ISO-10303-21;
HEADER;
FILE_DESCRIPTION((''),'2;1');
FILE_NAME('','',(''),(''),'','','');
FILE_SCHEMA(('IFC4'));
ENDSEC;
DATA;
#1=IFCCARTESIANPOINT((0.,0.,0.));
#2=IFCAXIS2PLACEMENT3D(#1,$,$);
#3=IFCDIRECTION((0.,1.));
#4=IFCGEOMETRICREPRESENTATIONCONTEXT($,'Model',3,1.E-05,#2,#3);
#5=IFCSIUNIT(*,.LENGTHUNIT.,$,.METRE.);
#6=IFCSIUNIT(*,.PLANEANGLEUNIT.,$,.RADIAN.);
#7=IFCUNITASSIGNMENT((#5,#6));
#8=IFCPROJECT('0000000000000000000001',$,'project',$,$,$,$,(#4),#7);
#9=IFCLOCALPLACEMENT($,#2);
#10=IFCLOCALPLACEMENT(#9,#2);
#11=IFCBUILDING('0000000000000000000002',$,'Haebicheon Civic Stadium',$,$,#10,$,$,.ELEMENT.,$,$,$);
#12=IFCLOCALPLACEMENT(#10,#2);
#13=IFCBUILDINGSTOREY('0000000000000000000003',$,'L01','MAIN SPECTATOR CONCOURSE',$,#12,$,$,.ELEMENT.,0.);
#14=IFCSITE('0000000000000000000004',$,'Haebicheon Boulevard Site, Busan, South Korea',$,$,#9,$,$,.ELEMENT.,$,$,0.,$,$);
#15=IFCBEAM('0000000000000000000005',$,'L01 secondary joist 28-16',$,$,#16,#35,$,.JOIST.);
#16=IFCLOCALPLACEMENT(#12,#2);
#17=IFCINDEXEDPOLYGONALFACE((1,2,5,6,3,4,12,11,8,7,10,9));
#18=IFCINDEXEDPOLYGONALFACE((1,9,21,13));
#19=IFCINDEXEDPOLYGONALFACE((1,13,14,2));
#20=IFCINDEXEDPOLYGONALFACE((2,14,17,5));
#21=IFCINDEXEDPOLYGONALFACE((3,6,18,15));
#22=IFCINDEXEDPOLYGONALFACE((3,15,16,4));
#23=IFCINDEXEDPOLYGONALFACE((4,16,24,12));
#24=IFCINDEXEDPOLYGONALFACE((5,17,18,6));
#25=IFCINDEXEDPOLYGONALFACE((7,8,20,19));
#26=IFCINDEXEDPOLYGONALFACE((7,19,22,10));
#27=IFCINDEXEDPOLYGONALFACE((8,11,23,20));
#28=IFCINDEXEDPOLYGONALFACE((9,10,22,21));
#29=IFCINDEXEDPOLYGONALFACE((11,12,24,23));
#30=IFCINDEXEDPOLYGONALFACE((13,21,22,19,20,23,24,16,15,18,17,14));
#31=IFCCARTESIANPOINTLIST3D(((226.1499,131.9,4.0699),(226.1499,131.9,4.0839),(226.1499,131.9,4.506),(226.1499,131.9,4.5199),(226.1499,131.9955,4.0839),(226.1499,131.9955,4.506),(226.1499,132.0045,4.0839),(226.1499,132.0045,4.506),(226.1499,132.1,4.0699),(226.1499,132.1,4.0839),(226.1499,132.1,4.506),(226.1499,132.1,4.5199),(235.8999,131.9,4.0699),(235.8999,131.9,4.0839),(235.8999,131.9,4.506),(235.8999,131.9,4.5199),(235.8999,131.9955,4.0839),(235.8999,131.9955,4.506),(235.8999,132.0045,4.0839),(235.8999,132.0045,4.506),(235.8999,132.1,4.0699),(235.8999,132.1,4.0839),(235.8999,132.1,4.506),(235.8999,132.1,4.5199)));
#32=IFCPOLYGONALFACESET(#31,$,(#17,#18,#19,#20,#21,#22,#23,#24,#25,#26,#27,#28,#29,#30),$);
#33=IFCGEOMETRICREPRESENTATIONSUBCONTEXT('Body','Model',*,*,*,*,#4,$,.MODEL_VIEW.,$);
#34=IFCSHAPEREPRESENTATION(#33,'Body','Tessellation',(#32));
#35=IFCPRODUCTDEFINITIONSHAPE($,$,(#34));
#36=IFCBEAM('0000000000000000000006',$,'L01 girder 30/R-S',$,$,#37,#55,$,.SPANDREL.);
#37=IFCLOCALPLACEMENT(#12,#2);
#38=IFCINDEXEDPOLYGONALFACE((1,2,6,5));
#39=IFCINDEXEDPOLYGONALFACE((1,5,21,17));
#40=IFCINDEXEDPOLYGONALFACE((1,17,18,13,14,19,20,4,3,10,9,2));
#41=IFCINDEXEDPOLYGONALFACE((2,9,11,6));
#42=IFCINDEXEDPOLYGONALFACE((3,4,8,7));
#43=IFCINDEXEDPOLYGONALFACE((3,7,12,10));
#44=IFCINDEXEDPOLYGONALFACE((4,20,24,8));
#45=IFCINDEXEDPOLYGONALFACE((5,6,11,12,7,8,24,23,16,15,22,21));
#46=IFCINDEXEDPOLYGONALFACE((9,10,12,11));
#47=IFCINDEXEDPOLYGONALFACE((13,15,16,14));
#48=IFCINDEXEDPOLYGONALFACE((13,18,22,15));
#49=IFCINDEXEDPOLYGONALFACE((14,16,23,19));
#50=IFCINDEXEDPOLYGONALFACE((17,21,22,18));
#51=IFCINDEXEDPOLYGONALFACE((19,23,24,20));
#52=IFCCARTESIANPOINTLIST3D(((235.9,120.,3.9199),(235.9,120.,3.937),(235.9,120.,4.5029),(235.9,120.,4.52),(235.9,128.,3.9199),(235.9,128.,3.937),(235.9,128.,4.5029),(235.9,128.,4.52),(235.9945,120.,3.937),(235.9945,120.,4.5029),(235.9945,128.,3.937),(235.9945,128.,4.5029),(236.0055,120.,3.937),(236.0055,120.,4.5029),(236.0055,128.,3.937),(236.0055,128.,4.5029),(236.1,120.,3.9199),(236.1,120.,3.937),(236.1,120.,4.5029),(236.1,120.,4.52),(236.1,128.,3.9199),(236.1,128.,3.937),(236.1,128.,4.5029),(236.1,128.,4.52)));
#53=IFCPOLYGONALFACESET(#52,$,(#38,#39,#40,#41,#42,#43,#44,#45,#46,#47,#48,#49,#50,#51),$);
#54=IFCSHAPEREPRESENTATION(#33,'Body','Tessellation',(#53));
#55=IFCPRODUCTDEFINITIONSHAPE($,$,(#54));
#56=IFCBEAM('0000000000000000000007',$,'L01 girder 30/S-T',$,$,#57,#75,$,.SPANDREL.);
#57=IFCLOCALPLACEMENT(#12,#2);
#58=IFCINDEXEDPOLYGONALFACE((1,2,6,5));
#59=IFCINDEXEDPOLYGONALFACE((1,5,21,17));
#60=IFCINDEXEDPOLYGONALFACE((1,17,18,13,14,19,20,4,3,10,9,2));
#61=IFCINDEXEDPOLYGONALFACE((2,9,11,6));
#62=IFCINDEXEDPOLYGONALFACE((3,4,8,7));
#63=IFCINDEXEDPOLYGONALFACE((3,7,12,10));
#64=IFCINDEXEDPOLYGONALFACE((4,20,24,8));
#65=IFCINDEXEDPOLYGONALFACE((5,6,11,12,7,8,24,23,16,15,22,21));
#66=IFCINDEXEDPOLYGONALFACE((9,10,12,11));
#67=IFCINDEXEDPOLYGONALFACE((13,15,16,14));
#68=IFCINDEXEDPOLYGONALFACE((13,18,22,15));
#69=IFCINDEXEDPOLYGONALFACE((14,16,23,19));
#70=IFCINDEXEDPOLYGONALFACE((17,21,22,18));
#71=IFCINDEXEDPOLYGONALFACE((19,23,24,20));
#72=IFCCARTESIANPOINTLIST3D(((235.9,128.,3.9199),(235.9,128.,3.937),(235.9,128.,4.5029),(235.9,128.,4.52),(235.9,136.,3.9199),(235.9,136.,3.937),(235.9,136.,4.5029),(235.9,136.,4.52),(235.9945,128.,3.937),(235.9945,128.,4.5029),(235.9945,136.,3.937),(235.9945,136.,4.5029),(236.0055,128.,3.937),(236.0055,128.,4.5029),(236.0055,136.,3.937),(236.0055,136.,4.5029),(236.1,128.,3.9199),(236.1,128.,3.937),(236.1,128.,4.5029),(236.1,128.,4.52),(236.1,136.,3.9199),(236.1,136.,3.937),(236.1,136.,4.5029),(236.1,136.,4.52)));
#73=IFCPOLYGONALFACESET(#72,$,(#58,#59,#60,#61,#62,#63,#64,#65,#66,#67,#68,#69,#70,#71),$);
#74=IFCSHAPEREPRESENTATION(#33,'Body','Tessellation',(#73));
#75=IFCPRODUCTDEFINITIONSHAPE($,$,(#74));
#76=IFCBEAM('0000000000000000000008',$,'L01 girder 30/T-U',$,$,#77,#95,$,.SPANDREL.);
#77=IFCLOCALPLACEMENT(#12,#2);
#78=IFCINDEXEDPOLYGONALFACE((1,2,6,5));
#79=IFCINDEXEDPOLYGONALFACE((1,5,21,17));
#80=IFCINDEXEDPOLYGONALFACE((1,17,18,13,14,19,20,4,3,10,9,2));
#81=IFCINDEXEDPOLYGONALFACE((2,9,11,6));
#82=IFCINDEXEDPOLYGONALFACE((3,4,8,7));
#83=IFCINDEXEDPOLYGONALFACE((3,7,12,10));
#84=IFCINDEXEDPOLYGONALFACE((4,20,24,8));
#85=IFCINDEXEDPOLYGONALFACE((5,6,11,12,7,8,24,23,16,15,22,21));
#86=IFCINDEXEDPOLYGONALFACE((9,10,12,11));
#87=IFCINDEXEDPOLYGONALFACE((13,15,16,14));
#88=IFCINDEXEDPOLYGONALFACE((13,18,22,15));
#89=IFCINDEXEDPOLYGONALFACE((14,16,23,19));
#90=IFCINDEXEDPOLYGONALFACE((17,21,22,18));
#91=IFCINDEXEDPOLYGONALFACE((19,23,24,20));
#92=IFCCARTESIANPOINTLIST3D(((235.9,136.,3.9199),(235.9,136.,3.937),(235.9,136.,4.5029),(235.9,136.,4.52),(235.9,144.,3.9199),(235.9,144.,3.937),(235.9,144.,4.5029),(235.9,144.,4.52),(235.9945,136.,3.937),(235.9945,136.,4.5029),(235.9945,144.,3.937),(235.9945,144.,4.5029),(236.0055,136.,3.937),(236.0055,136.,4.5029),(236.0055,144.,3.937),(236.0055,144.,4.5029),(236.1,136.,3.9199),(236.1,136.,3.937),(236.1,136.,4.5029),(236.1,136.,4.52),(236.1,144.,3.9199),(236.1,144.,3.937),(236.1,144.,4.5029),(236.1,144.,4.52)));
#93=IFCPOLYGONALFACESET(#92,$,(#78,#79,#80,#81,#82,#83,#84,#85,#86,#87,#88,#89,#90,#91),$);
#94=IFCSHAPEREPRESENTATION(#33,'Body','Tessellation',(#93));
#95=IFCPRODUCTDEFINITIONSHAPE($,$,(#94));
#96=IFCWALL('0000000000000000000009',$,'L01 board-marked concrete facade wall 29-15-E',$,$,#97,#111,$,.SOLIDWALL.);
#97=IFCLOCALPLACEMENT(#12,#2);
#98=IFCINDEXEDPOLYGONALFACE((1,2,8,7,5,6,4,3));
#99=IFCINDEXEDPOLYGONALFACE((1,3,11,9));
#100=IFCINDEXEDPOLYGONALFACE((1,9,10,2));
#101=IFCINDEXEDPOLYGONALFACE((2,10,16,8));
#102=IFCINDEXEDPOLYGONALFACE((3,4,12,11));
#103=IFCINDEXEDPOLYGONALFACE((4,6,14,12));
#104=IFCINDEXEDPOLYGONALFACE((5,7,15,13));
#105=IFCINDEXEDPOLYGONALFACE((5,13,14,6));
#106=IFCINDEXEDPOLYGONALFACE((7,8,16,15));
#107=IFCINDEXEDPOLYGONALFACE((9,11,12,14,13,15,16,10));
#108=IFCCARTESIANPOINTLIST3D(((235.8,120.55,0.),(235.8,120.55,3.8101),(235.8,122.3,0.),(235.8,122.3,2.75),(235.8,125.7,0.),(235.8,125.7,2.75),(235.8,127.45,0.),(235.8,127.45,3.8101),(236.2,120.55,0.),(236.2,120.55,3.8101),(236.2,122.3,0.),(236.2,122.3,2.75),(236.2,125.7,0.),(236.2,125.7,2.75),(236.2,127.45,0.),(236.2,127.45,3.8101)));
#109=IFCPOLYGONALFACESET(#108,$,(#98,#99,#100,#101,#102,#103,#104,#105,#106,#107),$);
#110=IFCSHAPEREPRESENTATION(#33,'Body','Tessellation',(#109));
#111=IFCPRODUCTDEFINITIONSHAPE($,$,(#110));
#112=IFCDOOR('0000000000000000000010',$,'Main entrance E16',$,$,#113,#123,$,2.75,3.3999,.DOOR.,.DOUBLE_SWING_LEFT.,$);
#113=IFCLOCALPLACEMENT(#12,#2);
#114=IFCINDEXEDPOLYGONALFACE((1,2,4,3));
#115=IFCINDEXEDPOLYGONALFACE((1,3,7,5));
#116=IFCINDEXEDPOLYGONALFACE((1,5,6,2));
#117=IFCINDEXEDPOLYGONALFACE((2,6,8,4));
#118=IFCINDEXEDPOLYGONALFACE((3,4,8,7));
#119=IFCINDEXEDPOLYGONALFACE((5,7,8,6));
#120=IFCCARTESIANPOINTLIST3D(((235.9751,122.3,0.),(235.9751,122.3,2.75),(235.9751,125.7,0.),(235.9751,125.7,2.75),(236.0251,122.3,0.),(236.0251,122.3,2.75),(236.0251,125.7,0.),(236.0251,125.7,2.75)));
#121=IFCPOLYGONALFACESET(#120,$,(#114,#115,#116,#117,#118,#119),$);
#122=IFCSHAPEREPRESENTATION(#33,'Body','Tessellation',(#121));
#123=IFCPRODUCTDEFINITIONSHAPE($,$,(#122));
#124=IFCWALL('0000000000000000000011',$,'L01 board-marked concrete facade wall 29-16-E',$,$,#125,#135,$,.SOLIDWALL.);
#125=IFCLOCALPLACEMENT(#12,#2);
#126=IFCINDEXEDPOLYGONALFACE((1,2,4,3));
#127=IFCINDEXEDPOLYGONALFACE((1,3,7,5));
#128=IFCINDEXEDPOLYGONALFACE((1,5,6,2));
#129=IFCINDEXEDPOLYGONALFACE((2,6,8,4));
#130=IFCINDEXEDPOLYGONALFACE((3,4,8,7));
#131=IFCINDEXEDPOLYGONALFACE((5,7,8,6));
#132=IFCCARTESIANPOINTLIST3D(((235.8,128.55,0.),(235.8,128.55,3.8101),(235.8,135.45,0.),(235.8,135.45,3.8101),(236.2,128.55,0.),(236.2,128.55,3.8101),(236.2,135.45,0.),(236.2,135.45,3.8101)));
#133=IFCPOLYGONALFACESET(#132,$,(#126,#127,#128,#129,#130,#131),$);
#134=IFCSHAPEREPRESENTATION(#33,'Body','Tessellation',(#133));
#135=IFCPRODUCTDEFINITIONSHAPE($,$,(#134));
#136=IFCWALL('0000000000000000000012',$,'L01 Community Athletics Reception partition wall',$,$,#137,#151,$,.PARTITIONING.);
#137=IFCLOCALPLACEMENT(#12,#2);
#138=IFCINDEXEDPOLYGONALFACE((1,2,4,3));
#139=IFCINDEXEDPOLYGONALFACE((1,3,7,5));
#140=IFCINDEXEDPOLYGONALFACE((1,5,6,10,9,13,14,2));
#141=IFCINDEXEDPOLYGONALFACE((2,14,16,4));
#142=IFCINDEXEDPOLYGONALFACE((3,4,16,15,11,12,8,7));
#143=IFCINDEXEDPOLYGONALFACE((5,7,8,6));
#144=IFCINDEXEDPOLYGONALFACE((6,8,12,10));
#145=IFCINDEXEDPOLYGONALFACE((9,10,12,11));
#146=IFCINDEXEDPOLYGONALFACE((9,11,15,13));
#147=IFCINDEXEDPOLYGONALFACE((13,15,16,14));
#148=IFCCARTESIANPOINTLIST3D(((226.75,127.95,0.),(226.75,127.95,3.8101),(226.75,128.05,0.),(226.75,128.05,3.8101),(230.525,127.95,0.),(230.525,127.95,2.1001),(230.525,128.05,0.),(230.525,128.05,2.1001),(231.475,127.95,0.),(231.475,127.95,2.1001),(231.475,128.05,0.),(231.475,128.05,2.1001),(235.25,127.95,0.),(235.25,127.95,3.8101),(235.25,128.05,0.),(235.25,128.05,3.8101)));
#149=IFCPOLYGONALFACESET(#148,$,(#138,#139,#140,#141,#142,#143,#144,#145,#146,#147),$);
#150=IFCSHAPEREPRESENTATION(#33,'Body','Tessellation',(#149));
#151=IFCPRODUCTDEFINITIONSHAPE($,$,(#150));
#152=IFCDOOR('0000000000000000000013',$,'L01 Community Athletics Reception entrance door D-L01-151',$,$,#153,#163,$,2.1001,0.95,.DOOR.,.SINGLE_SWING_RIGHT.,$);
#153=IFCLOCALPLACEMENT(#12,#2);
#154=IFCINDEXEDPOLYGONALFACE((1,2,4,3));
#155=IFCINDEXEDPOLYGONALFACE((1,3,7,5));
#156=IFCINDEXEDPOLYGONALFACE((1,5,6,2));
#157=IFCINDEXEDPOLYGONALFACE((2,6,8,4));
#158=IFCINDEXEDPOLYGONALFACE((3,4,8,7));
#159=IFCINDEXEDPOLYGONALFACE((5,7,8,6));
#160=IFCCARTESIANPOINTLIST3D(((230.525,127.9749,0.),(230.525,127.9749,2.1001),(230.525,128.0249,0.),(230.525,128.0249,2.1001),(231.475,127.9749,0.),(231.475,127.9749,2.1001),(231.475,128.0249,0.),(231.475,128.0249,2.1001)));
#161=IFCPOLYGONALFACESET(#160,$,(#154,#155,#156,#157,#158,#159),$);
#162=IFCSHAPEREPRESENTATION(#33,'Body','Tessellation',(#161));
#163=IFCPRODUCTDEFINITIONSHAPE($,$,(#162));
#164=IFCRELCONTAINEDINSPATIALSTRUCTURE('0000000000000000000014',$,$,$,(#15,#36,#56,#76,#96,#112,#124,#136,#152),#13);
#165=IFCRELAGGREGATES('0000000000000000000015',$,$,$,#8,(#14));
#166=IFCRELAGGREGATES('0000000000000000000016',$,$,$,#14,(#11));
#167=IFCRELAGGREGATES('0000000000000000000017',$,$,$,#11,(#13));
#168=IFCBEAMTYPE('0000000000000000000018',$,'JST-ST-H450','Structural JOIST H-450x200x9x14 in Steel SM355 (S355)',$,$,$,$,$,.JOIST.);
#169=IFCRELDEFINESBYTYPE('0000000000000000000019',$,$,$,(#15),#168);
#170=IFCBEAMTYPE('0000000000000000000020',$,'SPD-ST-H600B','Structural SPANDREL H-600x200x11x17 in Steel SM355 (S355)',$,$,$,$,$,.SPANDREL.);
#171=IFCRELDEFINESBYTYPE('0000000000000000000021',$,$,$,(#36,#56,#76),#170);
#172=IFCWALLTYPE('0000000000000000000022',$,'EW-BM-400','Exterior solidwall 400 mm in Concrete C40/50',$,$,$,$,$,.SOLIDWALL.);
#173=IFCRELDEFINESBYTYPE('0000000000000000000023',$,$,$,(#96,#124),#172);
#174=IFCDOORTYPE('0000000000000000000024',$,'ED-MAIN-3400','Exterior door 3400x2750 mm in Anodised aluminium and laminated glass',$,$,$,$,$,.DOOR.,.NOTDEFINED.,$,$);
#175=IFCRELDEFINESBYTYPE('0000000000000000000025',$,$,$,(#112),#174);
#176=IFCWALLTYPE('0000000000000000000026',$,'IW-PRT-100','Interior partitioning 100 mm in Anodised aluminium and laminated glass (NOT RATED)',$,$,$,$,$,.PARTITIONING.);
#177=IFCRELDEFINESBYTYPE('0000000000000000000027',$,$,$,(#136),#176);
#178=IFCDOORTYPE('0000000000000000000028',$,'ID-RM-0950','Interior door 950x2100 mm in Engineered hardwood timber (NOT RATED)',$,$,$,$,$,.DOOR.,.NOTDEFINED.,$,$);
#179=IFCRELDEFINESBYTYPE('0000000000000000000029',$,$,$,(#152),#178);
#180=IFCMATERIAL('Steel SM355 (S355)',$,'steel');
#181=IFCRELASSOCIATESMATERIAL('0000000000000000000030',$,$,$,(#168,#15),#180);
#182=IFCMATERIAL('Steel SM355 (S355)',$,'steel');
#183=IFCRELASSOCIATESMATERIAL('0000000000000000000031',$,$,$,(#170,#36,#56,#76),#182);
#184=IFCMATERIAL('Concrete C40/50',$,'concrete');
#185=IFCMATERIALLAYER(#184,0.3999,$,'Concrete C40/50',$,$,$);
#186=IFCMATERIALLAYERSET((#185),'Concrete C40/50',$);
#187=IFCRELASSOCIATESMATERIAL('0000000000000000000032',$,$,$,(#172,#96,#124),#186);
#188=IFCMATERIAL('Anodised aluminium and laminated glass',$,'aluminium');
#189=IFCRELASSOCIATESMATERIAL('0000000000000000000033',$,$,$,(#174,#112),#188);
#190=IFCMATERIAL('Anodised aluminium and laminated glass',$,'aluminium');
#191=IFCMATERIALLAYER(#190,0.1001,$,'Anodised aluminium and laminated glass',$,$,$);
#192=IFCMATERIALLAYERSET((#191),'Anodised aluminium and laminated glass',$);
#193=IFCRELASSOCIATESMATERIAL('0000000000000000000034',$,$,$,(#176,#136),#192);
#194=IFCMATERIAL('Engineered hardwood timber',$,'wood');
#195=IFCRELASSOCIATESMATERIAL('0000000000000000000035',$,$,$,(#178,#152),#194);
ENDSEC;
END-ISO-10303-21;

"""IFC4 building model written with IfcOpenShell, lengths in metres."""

from ifc_helpers import new_model, si_unit, direction, frame, frame_2d, origin, origin_2d, place, context, subcontext, project, spatial, rectangle, i_section, extrude, material, layer, layer_set, material_profile, profile_set, type_object, element, fill, save


model = new_model("IFC4")

# Units and contexts
model_context = context("Model", 3, precision=1e-05, world=origin(), true_north=direction((0.0, 1.0)))
body_context = subcontext(model_context, "Body", "Model", "MODEL_VIEW")
ifc_project = project(units=[si_unit("LENGTHUNIT", "METRE"), si_unit("PLANEANGLEUNIT", "RADIAN")], contexts=[model_context])

# Site, building, storey
site_placement = place(None, origin())
site = spatial("IfcSite", under=ifc_project, at=site_placement, Name="Haebicheon Boulevard Site, Busan, South Korea", CompositionType="ELEMENT", RefElevation=0.0)
building_placement = place(site_placement, origin())
building = spatial("IfcBuilding", under=site, at=building_placement, Name="Haebicheon Civic Stadium", CompositionType="ELEMENT")
storey_placement = place(building_placement, origin())
storey = spatial("IfcBuildingStorey", under=building, at=storey_placement, Name="L01", Description="MAIN SPECTATOR CONCOURSE", CompositionType="ELEMENT", Elevation=0.0)

# Beams
ifc_material_1 = material(Name="Steel SM355 (S355)", Category="steel")
ifc_material_profile_1 = material_profile(ifc_material_1, i_section(OverallWidth=0.2, OverallDepth=0.45, WebThickness=0.009, FlangeThickness=0.0139, at=origin_2d()), Name="H-450x200x9x14")
ifc_profile_set_1 = profile_set([ifc_material_profile_1], Name="Steel SM355 (S355)")
beam_type_1 = type_object("IfcBeamType", Name="JST-ST-H450", Description="Structural JOIST H-450x200x9x14 in Steel SM355 (S355)", PredefinedType="JOIST", material=ifc_profile_set_1)
for number, where, z_axis, x_axis, name in (
    (1, (226.1499, 132.0, 4.2949), (1.0, 0.0, 0.0), (0.0, 1.0, 0.0), "L01 secondary joist 28-16"),
):
    element("IfcBeam", number, at=place(storey_placement, frame(where, z_axis=z_axis, x_axis=x_axis)), inside=storey, type_object=beam_type_1, material=ifc_profile_set_1, Name=name, PredefinedType="JOIST", context=body_context, shape_type="SweptSolid", body=[
        extrude(i_section(OverallWidth=0.2, OverallDepth=0.45, WebThickness=0.009, FlangeThickness=0.0139, at=origin_2d()), origin(), (0.0, 0.0, 1.0), 9.75),
    ])
ifc_material_2 = material(Name="Steel SM355 (S355)", Category="steel")
ifc_material_profile_2 = material_profile(ifc_material_2, i_section(OverallWidth=0.2, OverallDepth=0.6001, WebThickness=0.011, FlangeThickness=0.0171, at=origin_2d()), Name="H-600x200x11x17")
ifc_profile_set_2 = profile_set([ifc_material_profile_2], Name="Steel SM355 (S355)")
beam_type_2 = type_object("IfcBeamType", Name="SPD-ST-H600B", Description="Structural SPANDREL H-600x200x11x17 in Steel SM355 (S355)", PredefinedType="SPANDREL", material=ifc_profile_set_2)
for number, where, z_axis, x_axis, name in (
    (2, (236.0, 120.0, 4.22), (0.0, 1.0, 0.0), (-1.0, 0.0, 0.0), "L01 girder 30/R-S"),
    (3, (236.0, 128.0, 4.22), (0.0, 1.0, 0.0), (-1.0, 0.0, 0.0), "L01 girder 30/S-T"),
    (4, (236.0, 136.0, 4.22), (0.0, 1.0, 0.0), (-1.0, 0.0, 0.0), "L01 girder 30/T-U"),
):
    element("IfcBeam", number, at=place(storey_placement, frame(where, z_axis=z_axis, x_axis=x_axis)), inside=storey, type_object=beam_type_2, material=ifc_profile_set_2, Name=name, PredefinedType="SPANDREL", context=body_context, shape_type="SweptSolid", body=[
        extrude(i_section(OverallWidth=0.2, OverallDepth=0.6001, WebThickness=0.011, FlangeThickness=0.0171, at=origin_2d()), origin(), (0.0, 0.0, 1.0), 8.0),
    ])

# Wall, opening, door
ifc_material_3 = material(Name="Concrete C40/50", Category="concrete")
ifc_layer_1 = layer(ifc_material_3, 0.3999, Name="Concrete C40/50")
ifc_layer_set_1 = layer_set([ifc_layer_1], Name="Concrete C40/50")
wall_type_1 = type_object("IfcWallType", Name="EW-BM-400", Description="Exterior solidwall 400 mm in Concrete C40/50", PredefinedType="SOLIDWALL", material=ifc_layer_set_1)
wall_1_placement = place(storey_placement, frame((236.0, 120.55, 0.0), z_axis=(0.0, 0.0, 1.0), x_axis=(0.0, 1.0, 0.0)))
wall_1 = element("IfcWall", 5, at=wall_1_placement, inside=storey, type_object=wall_type_1, material=ifc_layer_set_1, Name="L01 board-marked concrete facade wall 29-15-E", PredefinedType="SOLIDWALL", context=body_context, shape_type="SweptSolid", body=[
    extrude(rectangle(XDim=6.8999, YDim=0.3999, at=frame_2d((3.45, 0.0))), origin(), (0.0, 0.0, 1.0), 3.8101),
])
opening_1_placement = place(wall_1_placement, frame((1.75, 0.0, 0.0)))
opening_1 = element("IfcOpeningElement", 6, at=opening_1_placement, cuts=wall_1, PredefinedType="OPENING", context=body_context, shape_type="SweptSolid", body=[
    extrude(rectangle(XDim=3.3999, YDim=2.75, at=frame_2d((1.7, 1.375))), frame((0.0, 0.21, 0.0), z_axis=(0.0, -1.0, 0.0), x_axis=(1.0, 0.0, 0.0)), (0.0, 0.0, 1.0), 0.4199),
])
ifc_material_4 = material(Name="Anodised aluminium and laminated glass", Category="aluminium")
door_type_1 = type_object("IfcDoorType", Name="ED-MAIN-3400", Description="Exterior door 3400x2750 mm in Anodised aluminium and laminated glass", OperationType="NOTDEFINED", PredefinedType="DOOR", material=ifc_material_4)
door_1_placement = place(opening_1_placement, origin())
door_1 = element("IfcDoor", 7, at=door_1_placement, inside=storey, type_object=door_type_1, material=ifc_material_4, Name="Main entrance E16", OperationType="DOUBLE_SWING_LEFT", OverallHeight=2.75, OverallWidth=3.3999, PredefinedType="DOOR", context=body_context, shape_type="SweptSolid", body=[
    extrude(rectangle(XDim=3.3999, YDim=2.75, at=frame_2d((1.7, 1.375))), frame((0.0, 0.0249, 0.0), z_axis=(0.0, -1.0, 0.0), x_axis=(1.0, 0.0, 0.0)), (0.0, 0.0, 1.0), 0.05),
])
fill(opening_1, door_1)

# Wall
wall_2_placement = place(storey_placement, frame((236.0, 128.55, 0.0), z_axis=(0.0, 0.0, 1.0), x_axis=(0.0, 1.0, 0.0)))
element("IfcWall", 8, at=wall_2_placement, inside=storey, type_object=wall_type_1, material=ifc_layer_set_1, Name="L01 board-marked concrete facade wall 29-16-E", PredefinedType="SOLIDWALL", context=body_context, shape_type="SweptSolid", body=[
    extrude(rectangle(XDim=6.8999, YDim=0.3999, at=frame_2d((3.45, 0.0))), origin(), (0.0, 0.0, 1.0), 3.8101),
])

# Wall, opening, door
ifc_material_5 = material(Name="Anodised aluminium and laminated glass", Category="aluminium")
ifc_layer_2 = layer(ifc_material_5, 0.1001, Name="Anodised aluminium and laminated glass")
ifc_layer_set_2 = layer_set([ifc_layer_2], Name="Anodised aluminium and laminated glass")
wall_type_2 = type_object("IfcWallType", Name="IW-PRT-100", Description="Interior partitioning 100 mm in Anodised aluminium and laminated glass (NOT RATED)", PredefinedType="PARTITIONING", material=ifc_layer_set_2)
wall_3_placement = place(storey_placement, frame((226.75, 128.0, 0.0), z_axis=(0.0, 0.0, 1.0), x_axis=(1.0, 0.0, 0.0)))
wall_3 = element("IfcWall", 9, at=wall_3_placement, inside=storey, type_object=wall_type_2, material=ifc_layer_set_2, Name="L01 Community Athletics Reception partition wall", PredefinedType="PARTITIONING", context=body_context, shape_type="SweptSolid", body=[
    extrude(rectangle(XDim=8.5, YDim=0.1001, at=frame_2d((4.25, 0.0))), origin(), (0.0, 0.0, 1.0), 3.8101),
])
opening_2_placement = place(wall_3_placement, frame((3.7749, 0.0, 0.0)))
opening_2 = element("IfcOpeningElement", 10, at=opening_2_placement, cuts=wall_3, PredefinedType="OPENING", context=body_context, shape_type="SweptSolid", body=[
    extrude(rectangle(XDim=0.95, YDim=2.1001, at=frame_2d((0.4751, 1.05))), frame((0.0, 0.0601, 0.0), z_axis=(0.0, -1.0, 0.0), x_axis=(1.0, 0.0, 0.0)), (0.0, 0.0, 1.0), 0.1201),
])
ifc_material_6 = material(Name="Engineered hardwood timber", Category="wood")
door_type_2 = type_object("IfcDoorType", Name="ID-RM-0950", Description="Interior door 950x2100 mm in Engineered hardwood timber (NOT RATED)", OperationType="NOTDEFINED", PredefinedType="DOOR", material=ifc_material_6)
door_2_placement = place(opening_2_placement, origin())
door_2 = element("IfcDoor", 11, at=door_2_placement, inside=storey, type_object=door_type_2, material=ifc_material_6, Name="L01 Community Athletics Reception entrance door D-L01-151", OperationType="SINGLE_SWING_RIGHT", OverallHeight=2.1001, OverallWidth=0.95, PredefinedType="DOOR", context=body_context, shape_type="SweptSolid", body=[
    extrude(rectangle(XDim=0.95, YDim=2.1001, at=frame_2d((0.4751, 1.05))), frame((0.0, 0.0249, 0.0), z_axis=(0.0, -1.0, 0.0), x_axis=(1.0, 0.0, 0.0)), (0.0, 0.0, 1.0), 0.05),
])
fill(opening_2, door_2)

save(model, "model.ifc")
